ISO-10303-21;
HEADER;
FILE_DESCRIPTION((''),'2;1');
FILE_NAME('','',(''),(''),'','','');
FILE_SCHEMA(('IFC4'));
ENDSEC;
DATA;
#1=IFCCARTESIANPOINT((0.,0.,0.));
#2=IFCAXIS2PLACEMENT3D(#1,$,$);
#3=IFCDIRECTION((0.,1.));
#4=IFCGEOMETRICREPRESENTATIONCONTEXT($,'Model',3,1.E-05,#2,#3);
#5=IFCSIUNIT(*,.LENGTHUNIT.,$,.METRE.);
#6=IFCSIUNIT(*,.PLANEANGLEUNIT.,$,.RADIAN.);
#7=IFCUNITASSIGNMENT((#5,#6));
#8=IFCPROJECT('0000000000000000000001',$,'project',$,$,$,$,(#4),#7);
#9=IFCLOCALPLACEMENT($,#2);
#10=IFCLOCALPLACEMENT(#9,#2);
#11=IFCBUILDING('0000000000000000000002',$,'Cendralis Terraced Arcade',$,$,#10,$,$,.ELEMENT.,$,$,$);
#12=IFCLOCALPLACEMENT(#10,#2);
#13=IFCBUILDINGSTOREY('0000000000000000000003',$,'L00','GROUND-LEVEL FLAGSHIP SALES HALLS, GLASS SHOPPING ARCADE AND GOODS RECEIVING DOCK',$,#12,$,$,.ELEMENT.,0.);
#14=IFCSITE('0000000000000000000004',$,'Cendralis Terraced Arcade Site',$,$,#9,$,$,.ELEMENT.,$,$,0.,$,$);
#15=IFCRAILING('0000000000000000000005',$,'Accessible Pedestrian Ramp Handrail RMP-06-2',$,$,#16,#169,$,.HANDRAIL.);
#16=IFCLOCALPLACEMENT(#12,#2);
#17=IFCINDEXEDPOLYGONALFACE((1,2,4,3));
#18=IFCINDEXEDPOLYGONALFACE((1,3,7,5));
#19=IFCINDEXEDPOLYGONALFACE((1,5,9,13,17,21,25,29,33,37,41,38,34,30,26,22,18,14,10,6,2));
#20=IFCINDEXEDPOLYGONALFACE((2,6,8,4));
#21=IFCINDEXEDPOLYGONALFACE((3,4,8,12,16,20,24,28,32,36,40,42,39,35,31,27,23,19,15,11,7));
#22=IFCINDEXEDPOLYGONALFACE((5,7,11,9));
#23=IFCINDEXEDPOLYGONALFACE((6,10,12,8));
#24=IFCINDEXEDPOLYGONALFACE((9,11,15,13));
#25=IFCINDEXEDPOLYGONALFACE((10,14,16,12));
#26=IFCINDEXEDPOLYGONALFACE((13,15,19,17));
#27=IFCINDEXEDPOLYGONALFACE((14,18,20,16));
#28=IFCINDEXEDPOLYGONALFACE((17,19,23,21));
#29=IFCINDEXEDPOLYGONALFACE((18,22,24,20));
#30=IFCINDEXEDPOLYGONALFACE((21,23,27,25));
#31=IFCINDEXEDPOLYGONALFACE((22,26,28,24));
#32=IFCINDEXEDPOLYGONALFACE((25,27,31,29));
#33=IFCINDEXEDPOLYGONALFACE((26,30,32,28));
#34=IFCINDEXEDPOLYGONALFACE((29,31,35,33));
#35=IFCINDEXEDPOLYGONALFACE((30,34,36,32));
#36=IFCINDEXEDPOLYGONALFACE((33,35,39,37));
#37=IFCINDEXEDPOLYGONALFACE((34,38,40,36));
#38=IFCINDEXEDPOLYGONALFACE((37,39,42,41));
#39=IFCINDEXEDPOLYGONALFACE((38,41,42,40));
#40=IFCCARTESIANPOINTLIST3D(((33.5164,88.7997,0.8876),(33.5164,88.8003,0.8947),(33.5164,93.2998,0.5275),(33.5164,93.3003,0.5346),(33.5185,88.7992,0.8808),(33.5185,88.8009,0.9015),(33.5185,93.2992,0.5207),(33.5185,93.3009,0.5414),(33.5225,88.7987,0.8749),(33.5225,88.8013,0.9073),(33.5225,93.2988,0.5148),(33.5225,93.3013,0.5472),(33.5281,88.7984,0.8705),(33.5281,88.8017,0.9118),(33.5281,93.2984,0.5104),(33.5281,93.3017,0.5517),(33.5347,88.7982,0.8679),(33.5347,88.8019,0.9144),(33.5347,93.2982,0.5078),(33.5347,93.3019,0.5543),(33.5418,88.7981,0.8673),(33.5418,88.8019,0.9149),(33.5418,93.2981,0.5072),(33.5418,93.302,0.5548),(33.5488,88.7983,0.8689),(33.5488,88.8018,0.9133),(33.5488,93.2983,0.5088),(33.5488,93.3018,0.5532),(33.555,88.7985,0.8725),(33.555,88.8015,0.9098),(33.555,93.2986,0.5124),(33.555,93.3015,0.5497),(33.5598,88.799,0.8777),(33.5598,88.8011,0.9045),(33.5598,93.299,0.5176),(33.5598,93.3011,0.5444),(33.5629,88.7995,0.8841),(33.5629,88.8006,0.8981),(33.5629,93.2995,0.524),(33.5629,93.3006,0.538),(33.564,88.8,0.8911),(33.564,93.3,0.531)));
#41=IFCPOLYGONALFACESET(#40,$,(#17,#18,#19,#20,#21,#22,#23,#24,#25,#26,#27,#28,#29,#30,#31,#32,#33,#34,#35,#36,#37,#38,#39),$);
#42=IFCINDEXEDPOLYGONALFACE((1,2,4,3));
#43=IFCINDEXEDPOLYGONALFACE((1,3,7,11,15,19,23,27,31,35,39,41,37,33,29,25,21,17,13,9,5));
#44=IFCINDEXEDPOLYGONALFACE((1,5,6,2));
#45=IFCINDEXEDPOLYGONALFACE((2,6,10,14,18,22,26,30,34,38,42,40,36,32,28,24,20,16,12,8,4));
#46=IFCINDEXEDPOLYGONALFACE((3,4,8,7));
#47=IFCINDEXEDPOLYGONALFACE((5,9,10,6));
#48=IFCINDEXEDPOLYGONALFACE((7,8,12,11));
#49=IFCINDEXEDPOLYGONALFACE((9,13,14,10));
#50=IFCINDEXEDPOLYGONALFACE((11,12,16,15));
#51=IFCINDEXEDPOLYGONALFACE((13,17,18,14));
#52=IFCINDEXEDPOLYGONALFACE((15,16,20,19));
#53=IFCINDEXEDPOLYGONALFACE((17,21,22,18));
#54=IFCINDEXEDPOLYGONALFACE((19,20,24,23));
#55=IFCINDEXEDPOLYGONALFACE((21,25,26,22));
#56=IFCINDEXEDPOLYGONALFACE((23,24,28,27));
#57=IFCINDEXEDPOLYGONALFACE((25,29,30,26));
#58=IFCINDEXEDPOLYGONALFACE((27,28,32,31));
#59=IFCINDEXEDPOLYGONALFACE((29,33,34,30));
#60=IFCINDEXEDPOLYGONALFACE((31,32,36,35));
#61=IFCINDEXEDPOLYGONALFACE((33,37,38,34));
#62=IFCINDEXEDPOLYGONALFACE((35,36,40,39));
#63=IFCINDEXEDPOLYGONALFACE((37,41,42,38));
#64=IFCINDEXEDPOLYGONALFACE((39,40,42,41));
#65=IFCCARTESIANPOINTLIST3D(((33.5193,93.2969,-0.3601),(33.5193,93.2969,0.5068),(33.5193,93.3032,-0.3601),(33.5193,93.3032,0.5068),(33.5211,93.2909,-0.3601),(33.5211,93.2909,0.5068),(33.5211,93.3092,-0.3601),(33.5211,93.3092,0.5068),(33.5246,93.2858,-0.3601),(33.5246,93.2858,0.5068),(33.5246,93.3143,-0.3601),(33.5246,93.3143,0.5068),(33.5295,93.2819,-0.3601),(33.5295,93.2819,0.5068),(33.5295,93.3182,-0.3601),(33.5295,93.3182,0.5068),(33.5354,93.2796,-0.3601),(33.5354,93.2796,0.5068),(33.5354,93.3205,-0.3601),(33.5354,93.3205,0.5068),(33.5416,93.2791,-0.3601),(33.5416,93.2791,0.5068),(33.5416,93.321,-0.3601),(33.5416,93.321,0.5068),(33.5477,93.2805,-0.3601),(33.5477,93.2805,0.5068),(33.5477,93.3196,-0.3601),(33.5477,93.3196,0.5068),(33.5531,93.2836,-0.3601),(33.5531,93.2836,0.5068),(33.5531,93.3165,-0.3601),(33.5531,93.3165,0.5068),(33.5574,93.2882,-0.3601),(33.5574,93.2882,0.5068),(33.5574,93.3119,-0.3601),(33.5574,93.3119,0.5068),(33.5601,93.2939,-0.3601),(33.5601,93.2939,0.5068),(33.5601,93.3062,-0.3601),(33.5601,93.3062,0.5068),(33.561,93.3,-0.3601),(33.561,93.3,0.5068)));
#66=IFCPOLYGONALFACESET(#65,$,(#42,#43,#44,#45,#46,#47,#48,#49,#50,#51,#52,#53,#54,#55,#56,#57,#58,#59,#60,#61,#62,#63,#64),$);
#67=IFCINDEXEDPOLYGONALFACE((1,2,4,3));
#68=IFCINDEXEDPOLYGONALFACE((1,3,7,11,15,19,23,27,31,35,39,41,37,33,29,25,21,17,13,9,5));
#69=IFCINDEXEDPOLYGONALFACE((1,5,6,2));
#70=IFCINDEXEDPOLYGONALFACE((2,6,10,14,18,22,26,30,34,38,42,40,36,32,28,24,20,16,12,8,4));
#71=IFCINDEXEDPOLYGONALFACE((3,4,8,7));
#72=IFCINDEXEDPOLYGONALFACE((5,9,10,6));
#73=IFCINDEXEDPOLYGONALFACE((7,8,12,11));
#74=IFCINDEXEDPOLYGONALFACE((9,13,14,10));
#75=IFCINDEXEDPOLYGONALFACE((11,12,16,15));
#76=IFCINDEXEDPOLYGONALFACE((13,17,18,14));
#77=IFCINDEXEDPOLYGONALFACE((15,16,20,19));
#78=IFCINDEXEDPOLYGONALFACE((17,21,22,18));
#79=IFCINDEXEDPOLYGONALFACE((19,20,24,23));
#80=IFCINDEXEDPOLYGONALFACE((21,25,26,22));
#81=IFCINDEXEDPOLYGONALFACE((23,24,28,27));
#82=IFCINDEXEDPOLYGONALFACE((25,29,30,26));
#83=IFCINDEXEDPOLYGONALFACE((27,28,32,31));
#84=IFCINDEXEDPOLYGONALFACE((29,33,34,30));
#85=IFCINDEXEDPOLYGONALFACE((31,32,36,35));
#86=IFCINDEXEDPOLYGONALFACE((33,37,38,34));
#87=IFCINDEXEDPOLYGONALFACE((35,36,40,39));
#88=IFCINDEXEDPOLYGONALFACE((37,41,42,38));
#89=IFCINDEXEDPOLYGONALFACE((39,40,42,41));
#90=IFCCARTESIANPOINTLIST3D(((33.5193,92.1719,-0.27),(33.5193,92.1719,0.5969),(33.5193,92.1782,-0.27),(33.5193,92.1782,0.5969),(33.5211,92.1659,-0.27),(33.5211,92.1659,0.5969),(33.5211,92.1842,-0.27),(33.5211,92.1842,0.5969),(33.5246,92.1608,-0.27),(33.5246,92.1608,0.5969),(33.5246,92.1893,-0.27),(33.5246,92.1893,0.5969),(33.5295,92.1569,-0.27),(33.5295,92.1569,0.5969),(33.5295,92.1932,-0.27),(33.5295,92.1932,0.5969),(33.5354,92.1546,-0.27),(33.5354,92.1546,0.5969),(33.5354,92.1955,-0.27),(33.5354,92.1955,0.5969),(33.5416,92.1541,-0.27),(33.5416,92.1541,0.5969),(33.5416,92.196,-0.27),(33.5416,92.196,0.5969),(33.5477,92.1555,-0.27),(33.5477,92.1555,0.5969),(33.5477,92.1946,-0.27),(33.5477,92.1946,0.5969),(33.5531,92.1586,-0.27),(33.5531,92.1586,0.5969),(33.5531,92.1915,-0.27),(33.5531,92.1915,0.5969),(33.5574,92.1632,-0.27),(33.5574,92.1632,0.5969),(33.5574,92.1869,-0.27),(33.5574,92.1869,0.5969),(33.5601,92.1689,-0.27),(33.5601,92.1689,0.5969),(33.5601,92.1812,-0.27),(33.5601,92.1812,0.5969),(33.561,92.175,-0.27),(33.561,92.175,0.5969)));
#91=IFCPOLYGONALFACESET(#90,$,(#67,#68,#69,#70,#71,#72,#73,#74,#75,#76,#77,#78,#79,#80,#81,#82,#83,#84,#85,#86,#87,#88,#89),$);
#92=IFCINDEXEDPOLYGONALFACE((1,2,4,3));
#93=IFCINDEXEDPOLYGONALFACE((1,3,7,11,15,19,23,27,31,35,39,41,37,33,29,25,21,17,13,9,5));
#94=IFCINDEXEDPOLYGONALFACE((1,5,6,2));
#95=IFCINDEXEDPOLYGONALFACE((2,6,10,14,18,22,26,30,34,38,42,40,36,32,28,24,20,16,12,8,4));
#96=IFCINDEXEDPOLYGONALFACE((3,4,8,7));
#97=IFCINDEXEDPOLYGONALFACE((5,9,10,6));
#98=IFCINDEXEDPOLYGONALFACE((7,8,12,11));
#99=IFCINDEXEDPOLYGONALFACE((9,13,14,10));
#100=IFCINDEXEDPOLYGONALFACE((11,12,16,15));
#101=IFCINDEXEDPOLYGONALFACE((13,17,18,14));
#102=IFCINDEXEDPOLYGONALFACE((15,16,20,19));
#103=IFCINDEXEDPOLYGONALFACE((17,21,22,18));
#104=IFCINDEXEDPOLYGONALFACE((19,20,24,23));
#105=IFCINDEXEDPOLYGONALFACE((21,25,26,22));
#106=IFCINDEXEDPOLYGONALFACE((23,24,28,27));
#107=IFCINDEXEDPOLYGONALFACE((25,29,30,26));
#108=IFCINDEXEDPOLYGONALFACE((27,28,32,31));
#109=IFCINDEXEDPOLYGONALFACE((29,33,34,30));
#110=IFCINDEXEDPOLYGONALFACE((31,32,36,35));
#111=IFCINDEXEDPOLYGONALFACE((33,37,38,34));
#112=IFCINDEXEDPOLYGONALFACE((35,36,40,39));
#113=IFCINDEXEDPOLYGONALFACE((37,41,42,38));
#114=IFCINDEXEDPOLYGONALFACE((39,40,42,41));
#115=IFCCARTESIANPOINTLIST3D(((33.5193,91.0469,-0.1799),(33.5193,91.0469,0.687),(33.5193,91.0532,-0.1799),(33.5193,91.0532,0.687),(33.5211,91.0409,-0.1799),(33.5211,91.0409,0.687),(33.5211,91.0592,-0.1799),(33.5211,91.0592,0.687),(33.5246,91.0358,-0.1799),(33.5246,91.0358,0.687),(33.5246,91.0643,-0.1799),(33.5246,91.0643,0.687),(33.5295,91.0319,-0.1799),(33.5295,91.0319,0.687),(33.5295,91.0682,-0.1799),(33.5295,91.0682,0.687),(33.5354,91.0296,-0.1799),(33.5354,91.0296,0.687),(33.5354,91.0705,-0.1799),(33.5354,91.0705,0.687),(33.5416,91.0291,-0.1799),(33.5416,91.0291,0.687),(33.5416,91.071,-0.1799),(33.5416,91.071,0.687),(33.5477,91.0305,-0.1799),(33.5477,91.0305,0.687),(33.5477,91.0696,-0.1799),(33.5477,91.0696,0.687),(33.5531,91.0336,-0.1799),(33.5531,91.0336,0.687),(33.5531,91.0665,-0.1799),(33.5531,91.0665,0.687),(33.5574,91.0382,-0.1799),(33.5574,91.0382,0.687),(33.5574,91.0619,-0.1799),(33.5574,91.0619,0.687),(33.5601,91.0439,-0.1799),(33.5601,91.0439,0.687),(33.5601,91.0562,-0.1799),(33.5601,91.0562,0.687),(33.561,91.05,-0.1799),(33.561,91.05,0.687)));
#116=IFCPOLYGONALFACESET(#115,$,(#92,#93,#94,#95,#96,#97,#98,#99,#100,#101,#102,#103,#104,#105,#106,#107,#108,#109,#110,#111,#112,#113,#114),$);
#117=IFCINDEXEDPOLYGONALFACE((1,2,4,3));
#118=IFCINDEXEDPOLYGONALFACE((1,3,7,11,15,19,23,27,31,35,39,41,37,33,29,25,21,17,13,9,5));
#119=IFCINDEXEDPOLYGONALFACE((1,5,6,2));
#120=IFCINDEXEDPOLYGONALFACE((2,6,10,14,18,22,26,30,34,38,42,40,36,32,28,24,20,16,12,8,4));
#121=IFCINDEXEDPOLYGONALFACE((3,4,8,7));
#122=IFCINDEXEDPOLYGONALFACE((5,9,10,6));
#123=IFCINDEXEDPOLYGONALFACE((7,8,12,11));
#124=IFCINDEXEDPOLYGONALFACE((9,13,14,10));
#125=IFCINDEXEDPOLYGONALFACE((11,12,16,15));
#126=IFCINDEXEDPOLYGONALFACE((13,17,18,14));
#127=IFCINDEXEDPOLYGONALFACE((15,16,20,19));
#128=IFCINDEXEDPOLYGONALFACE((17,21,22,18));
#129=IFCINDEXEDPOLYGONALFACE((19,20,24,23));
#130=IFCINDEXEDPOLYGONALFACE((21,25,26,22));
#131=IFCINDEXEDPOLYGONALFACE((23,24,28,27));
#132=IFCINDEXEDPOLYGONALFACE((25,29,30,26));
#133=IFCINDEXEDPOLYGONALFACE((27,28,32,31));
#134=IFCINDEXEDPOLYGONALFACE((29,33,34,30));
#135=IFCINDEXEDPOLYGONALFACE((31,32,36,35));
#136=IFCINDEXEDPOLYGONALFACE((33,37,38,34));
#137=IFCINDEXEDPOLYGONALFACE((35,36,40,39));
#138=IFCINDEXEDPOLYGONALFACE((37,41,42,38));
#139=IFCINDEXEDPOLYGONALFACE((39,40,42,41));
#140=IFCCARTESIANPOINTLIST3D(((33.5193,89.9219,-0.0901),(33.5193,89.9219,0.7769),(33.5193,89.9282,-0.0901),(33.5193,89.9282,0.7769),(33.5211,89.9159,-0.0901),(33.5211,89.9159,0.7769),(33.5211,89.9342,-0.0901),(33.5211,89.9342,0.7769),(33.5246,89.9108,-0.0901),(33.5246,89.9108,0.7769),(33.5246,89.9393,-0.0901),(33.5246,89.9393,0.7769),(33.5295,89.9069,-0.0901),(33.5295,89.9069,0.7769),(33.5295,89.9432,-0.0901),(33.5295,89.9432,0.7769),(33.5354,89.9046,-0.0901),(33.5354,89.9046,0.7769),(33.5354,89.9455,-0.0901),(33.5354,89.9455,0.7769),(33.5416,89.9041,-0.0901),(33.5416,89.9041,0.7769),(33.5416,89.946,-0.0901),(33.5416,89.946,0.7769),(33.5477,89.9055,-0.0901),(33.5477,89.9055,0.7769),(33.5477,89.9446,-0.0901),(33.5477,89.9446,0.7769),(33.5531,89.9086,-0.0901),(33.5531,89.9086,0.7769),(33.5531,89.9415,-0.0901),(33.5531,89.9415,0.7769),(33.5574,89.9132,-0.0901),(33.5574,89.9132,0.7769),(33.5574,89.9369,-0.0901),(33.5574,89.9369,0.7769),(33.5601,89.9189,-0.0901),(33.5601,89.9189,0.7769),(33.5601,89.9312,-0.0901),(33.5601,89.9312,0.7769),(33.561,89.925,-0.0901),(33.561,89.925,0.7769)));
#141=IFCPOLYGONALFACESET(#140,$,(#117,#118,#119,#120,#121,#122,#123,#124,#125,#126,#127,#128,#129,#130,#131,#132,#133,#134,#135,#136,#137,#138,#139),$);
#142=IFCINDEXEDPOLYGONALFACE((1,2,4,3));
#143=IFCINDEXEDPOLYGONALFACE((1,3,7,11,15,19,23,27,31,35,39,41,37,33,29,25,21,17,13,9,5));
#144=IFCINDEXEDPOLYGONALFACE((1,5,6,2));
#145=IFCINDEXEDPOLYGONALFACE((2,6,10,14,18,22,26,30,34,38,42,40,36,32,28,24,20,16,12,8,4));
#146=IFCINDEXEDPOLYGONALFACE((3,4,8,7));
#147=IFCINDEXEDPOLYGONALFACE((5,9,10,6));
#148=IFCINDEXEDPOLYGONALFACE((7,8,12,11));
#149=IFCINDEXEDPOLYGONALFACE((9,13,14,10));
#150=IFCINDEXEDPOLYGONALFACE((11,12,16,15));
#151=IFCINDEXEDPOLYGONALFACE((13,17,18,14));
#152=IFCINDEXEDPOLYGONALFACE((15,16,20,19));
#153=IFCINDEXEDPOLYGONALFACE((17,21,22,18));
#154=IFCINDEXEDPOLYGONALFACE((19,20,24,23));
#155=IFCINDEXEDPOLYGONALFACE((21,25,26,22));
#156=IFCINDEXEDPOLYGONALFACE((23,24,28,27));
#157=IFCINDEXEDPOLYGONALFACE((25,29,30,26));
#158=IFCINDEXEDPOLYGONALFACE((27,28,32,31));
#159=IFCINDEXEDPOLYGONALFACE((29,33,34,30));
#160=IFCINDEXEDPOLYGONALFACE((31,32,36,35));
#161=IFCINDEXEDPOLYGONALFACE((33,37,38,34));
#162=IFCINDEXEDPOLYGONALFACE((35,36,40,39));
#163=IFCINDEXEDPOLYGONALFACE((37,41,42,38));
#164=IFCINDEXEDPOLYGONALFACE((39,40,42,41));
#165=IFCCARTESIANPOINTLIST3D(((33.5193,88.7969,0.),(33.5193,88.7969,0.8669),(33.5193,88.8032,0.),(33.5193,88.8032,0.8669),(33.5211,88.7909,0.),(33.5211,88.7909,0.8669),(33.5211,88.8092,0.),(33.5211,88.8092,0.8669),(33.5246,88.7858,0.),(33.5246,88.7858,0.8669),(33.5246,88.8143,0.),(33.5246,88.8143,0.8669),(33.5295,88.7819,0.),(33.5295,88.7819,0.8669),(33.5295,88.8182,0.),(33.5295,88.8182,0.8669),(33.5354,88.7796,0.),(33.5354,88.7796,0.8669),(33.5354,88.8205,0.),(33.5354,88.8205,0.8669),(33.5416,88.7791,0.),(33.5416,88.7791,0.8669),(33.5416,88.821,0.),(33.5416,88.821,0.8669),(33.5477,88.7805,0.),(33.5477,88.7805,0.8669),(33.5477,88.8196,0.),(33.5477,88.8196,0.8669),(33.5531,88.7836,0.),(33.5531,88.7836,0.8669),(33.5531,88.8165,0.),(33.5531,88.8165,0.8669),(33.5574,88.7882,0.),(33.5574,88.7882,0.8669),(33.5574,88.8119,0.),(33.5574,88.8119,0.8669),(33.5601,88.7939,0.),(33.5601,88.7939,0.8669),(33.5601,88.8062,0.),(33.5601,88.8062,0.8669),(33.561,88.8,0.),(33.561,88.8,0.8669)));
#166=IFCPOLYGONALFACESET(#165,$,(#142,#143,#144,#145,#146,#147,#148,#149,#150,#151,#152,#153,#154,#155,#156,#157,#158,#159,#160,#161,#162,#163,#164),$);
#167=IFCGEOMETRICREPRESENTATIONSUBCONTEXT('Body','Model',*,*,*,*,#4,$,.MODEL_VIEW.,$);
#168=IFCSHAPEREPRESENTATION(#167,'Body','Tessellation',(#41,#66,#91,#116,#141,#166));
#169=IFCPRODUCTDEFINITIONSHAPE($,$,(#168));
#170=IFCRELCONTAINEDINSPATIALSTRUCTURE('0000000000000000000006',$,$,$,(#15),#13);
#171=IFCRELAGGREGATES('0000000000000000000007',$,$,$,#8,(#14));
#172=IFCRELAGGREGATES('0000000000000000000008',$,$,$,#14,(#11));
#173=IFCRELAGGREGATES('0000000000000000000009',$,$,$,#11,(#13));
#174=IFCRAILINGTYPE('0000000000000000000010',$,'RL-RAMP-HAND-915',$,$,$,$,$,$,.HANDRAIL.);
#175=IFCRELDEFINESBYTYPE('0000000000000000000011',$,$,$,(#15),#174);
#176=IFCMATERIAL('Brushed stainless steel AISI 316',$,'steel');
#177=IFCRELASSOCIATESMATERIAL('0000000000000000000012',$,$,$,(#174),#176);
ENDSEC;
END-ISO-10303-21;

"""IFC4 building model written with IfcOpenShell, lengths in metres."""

from ifc_helpers import new_model, si_unit, direction, frame, origin, origin_2d, place, context, subcontext, project, spatial, circle, extrude, material, type_object, element, save


model = new_model("IFC4")

# Units and contexts
model_context = context("Model", 3, precision=1e-05, world=origin(), true_north=direction((0.0, 1.0)))
body_context = subcontext(model_context, "Body", "Model", "MODEL_VIEW")
ifc_project = project(units=[si_unit("LENGTHUNIT", "METRE"), si_unit("PLANEANGLEUNIT", "RADIAN")], contexts=[model_context])

# Site, building, storey
site_placement = place(None, origin())
site = spatial("IfcSite", under=ifc_project, at=site_placement, Name="Cendralis Terraced Arcade Site", CompositionType="ELEMENT", RefElevation=0.0)
building_placement = place(site_placement, origin())
building = spatial("IfcBuilding", under=site, at=building_placement, Name="Cendralis Terraced Arcade", CompositionType="ELEMENT")
storey_placement = place(building_placement, origin())
storey = spatial("IfcBuildingStorey", under=building, at=storey_placement, Name="L00", Description="GROUND-LEVEL FLAGSHIP SALES HALLS, GLASS SHOPPING ARCADE AND GOODS RECEIVING DOCK", CompositionType="ELEMENT", Elevation=0.0)

# Railing
ifc_material_1 = material(Name="Brushed stainless steel AISI 316", Category="steel")
railing_type = type_object("IfcRailingType", Name="RL-RAMP-HAND-915", PredefinedType="HANDRAIL", material=ifc_material_1)
for number, where, name in (
    (1, (33.54, 93.3, -0.3601), "Accessible Pedestrian Ramp Handrail RMP-06-2"),
):
    element("IfcRailing", number, at=place(storey_placement, frame(where)), inside=storey, type_object=railing_type, Name=name, PredefinedType="HANDRAIL", context=body_context, shape_type="SweptSolid", body=[
        extrude(circle(Radius=0.0239, at=origin_2d()), frame((0.0, 0.0, 0.8911), z_axis=(0.0, -0.996813, 0.079769), x_axis=(1.0, 0.0, 0.0)), (0.0, 0.0, 1.0), 4.5144),
        extrude(circle(Radius=0.021, at=origin_2d()), origin(), (0.0, 0.0, 1.0), 0.8669),
        extrude(circle(Radius=0.021, at=origin_2d()), frame((0.0, -1.125, 0.0901)), (0.0, 0.0, 1.0), 0.8669),
        extrude(circle(Radius=0.021, at=origin_2d()), frame((0.0, -2.25, 0.1802)), (0.0, 0.0, 1.0), 0.8669),
        extrude(circle(Radius=0.021, at=origin_2d()), frame((0.0, -3.375, 0.27)), (0.0, 0.0, 1.0), 0.8669),
        extrude(circle(Radius=0.021, at=origin_2d()), frame((0.0, -4.5, 0.3601)), (0.0, 0.0, 1.0), 0.8669),
    ])

save(model, "model.ifc")
